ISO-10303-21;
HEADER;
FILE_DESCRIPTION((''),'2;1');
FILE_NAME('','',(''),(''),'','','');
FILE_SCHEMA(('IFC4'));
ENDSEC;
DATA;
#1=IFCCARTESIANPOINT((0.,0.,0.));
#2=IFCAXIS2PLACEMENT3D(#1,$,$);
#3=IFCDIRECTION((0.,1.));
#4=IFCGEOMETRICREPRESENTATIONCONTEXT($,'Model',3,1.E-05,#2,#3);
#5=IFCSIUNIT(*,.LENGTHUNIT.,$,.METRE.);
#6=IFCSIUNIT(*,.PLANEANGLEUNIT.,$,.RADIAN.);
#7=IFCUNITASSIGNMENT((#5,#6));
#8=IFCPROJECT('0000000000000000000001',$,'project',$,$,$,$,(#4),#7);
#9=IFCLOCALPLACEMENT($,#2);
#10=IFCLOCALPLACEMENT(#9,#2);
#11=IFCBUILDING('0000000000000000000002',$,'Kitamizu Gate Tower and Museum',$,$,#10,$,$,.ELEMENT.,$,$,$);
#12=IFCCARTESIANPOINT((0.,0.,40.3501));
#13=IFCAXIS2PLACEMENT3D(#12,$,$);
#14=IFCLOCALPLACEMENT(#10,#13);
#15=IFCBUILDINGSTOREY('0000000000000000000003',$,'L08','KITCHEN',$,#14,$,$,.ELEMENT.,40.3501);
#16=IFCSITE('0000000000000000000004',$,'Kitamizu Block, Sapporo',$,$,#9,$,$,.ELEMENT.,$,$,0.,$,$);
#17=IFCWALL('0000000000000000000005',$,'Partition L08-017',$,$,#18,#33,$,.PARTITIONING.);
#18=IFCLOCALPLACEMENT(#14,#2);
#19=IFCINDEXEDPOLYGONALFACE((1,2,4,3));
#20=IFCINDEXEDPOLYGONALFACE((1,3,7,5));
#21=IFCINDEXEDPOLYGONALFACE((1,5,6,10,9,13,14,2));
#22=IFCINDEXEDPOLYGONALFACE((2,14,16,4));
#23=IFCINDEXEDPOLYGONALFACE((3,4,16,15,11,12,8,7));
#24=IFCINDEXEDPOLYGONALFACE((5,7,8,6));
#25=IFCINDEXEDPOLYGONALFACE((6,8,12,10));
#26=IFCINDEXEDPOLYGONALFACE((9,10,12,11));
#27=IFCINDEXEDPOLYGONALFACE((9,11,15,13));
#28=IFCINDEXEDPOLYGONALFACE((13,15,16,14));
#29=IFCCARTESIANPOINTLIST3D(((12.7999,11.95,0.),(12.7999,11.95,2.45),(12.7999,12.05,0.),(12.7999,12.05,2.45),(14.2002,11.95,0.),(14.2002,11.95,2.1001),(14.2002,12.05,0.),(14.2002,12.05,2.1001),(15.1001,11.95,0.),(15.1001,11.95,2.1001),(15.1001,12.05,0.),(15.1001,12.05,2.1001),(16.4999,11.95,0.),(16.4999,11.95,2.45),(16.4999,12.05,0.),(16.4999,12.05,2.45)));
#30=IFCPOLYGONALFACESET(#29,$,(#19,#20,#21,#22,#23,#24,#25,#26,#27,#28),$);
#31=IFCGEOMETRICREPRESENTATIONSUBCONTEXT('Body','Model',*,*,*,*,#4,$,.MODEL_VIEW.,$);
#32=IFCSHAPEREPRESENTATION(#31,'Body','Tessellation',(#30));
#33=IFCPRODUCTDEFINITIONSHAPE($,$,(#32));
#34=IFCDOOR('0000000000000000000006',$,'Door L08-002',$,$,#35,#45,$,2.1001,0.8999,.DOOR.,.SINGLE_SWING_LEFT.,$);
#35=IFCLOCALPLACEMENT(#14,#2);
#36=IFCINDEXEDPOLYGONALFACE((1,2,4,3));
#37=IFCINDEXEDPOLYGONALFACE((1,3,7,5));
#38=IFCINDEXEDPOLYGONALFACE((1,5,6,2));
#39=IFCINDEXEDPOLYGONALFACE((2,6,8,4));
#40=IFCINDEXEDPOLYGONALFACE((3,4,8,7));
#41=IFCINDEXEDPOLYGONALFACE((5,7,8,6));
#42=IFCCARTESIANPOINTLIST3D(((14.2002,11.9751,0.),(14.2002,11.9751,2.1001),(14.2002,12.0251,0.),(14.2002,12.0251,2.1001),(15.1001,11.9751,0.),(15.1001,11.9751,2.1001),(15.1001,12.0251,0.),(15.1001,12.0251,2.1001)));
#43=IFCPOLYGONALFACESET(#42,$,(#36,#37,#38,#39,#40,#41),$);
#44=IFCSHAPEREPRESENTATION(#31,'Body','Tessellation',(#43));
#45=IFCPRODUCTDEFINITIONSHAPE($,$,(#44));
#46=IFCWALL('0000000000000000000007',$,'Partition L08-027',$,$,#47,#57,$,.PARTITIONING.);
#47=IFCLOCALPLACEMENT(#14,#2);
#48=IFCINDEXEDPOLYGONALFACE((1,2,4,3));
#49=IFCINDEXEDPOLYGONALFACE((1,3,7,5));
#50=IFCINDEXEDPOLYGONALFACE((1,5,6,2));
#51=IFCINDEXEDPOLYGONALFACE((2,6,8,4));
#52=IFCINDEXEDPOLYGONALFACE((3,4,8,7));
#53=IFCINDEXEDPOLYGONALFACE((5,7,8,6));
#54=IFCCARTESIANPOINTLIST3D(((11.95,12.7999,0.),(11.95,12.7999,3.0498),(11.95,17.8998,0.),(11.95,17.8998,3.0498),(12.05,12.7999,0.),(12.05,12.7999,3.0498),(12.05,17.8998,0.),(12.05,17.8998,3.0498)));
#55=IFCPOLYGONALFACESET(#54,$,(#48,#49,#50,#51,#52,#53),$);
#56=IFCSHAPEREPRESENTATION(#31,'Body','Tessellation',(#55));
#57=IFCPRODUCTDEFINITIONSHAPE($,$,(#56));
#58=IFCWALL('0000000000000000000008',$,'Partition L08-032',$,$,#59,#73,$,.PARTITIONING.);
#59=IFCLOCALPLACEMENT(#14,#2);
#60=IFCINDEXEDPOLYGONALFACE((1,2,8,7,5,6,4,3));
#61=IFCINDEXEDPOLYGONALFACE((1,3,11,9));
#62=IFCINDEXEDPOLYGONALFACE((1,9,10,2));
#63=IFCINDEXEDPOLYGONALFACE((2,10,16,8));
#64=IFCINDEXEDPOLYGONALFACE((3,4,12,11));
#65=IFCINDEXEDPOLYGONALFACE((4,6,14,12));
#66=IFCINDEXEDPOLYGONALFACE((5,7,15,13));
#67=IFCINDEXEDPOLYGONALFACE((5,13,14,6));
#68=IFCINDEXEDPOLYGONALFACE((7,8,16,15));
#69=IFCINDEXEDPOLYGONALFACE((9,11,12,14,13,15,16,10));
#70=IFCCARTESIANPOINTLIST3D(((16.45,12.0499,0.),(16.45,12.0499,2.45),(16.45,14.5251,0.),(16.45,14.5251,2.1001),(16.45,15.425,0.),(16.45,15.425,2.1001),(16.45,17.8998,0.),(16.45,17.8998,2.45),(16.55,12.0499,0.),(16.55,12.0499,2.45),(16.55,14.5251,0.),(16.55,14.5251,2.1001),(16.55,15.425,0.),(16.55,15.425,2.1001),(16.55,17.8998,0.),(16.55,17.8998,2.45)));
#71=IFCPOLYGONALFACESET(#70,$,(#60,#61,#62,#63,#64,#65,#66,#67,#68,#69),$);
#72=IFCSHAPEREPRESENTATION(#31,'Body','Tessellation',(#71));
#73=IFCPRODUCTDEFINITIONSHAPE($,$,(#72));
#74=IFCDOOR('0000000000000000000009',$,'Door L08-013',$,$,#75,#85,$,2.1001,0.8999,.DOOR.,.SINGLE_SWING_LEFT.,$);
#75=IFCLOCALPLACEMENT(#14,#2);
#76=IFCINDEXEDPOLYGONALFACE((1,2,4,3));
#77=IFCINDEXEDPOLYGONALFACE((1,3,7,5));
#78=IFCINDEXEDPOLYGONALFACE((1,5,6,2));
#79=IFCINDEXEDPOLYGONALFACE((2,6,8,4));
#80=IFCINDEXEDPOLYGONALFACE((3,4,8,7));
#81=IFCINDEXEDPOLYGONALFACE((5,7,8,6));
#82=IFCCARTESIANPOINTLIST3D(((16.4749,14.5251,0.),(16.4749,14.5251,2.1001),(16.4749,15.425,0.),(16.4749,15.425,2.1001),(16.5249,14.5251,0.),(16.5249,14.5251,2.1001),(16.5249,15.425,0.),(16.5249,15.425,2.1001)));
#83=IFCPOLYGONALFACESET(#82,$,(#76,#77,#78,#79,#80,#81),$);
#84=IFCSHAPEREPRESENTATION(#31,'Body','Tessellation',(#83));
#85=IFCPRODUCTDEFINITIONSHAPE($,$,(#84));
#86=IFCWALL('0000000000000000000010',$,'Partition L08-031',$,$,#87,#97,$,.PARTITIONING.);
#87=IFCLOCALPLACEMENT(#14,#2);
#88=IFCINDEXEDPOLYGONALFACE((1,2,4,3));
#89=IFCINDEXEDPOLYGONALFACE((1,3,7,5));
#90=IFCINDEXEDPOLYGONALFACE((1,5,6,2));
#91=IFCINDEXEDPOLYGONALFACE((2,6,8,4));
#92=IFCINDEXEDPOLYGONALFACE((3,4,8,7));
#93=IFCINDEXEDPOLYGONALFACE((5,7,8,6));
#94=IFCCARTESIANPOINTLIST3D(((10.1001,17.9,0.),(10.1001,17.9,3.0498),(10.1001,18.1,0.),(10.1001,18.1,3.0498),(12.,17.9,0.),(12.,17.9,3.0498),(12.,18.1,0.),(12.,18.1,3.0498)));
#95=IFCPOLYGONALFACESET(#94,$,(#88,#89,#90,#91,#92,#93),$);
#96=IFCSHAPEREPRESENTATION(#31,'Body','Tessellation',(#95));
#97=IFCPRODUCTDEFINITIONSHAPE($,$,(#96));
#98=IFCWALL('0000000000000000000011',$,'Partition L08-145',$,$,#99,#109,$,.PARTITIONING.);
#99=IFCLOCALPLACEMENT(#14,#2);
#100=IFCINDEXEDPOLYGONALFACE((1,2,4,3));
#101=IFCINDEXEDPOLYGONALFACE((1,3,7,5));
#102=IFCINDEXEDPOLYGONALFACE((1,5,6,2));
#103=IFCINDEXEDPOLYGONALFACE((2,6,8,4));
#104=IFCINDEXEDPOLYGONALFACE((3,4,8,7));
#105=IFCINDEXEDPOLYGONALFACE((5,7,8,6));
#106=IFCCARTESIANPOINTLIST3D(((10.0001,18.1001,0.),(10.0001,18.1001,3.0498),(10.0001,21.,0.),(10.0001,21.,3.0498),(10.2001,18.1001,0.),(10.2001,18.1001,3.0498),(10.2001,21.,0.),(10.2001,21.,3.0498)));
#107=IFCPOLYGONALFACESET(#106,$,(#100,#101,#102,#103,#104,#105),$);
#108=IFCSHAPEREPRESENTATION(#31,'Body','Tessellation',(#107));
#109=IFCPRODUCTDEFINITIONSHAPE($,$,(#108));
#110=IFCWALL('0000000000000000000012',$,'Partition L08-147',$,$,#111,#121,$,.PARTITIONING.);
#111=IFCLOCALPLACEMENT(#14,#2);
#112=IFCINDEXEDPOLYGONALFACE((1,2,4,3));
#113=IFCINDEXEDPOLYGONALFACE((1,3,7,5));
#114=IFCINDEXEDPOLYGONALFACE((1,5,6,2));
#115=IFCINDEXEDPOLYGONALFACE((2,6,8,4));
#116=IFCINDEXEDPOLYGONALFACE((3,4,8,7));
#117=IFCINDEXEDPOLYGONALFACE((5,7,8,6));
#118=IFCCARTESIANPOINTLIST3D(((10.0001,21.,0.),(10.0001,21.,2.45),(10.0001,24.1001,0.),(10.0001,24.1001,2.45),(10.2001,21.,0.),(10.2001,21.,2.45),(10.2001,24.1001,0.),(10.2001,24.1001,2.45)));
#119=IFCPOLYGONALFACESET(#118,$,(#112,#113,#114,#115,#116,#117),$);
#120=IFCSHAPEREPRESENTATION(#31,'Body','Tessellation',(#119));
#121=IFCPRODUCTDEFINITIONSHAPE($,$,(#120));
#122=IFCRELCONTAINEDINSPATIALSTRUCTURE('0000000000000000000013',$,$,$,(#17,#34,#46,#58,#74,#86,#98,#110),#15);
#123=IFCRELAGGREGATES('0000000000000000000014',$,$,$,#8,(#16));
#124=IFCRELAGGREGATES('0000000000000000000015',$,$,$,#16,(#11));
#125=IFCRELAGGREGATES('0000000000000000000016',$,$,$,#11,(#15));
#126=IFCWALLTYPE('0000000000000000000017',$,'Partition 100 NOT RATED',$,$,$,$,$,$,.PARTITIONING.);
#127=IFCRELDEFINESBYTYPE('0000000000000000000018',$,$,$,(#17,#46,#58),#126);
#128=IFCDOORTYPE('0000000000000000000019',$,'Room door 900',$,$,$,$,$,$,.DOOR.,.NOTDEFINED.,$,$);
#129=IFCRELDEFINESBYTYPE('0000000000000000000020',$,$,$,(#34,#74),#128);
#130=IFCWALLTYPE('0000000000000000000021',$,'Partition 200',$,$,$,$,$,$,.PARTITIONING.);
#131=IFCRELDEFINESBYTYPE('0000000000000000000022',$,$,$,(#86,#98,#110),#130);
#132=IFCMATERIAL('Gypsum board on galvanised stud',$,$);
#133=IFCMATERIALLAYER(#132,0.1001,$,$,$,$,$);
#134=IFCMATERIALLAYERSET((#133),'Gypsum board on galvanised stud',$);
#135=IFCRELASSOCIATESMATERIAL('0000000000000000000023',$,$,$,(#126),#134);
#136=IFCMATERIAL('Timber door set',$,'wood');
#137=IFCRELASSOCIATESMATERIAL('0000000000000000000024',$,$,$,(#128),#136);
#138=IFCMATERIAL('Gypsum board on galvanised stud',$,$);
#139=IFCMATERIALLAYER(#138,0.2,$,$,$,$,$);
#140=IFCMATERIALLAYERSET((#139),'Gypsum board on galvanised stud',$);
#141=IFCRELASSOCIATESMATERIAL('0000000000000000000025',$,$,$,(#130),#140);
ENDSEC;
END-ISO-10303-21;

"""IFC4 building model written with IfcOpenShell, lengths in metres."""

from ifc_helpers import new_model, si_unit, direction, frame, frame_2d, origin, place, context, subcontext, project, spatial, rectangle, extrude, material, layer, layer_set, type_object, element, fill, save


model = new_model("IFC4")

# Units and contexts
model_context = context("Model", 3, precision=1e-05, world=origin(), true_north=direction((0.0, 1.0)))
body_context = subcontext(model_context, "Body", "Model", "MODEL_VIEW")
ifc_project = project(units=[si_unit("LENGTHUNIT", "METRE"), si_unit("PLANEANGLEUNIT", "RADIAN")], contexts=[model_context])

# Site, building, storey
site_placement = place(None, origin())
site = spatial("IfcSite", under=ifc_project, at=site_placement, Name="Kitamizu Block, Sapporo", CompositionType="ELEMENT", RefElevation=0.0)
building_placement = place(site_placement, origin())
building = spatial("IfcBuilding", under=site, at=building_placement, Name="Kitamizu Gate Tower and Museum", CompositionType="ELEMENT")
storey_placement = place(building_placement, frame((0.0, 0.0, 40.3501)))
storey = spatial("IfcBuildingStorey", under=building, at=storey_placement, Name="L08", Description="KITCHEN", CompositionType="ELEMENT", Elevation=40.3501)

# Wall, opening, door
ifc_material_1 = material(Name="Gypsum board on galvanised stud")
ifc_layer_1 = layer(ifc_material_1, 0.1001)
ifc_layer_set_1 = layer_set([ifc_layer_1], Name="Gypsum board on galvanised stud")
wall_type_1 = type_object("IfcWallType", Name="Partition 100 NOT RATED", PredefinedType="PARTITIONING", material=ifc_layer_set_1)
ifc_material_2 = material(Name="Timber door set", Category="wood")
door_type_1 = type_object("IfcDoorType", Name="Room door 900", OperationType="NOTDEFINED", PredefinedType="DOOR", material=ifc_material_2)
wall_1_placement = place(storey_placement, frame((16.5, 12.0, 0.0), z_axis=(0.0, 0.0, 1.0), x_axis=(-1.0, 0.0, 0.0)))
wall_1 = element("IfcWall", 1, at=wall_1_placement, inside=storey, type_object=wall_type_1, Name="Partition L08-017", PredefinedType="PARTITIONING", context=body_context, shape_type="SweptSolid", body=[
    extrude(rectangle(XDim=3.7, YDim=0.1001, at=frame_2d((1.8501, 0.0))), origin(), (0.0, 0.0, 1.0), 2.45),
])
opening_1_placement = place(wall_1_placement, frame((1.3999, 0.0, 0.0)))
opening_1 = element("IfcOpeningElement", 2, at=opening_1_placement, cuts=wall_1, PredefinedType="OPENING", context=body_context, shape_type="SweptSolid", body=[
    extrude(rectangle(XDim=0.8999, YDim=2.1001, at=frame_2d((0.45, 1.05))), frame((0.0, 0.0601, 0.0), z_axis=(0.0, -1.0, 0.0), x_axis=(1.0, 0.0, 0.0)), (0.0, 0.0, 1.0), 0.1201),
])
door_1_placement = place(opening_1_placement, origin())
door_1 = element("IfcDoor", 3, at=door_1_placement, inside=storey, type_object=door_type_1, Name="Door L08-002", OperationType="SINGLE_SWING_LEFT", OverallHeight=2.1001, OverallWidth=0.8999, PredefinedType="DOOR", context=body_context, shape_type="SweptSolid", body=[
    extrude(rectangle(XDim=0.8999, YDim=2.1001, at=frame_2d((0.45, 1.05))), frame((0.0, 0.0249, 0.0), z_axis=(0.0, -1.0, 0.0), x_axis=(1.0, 0.0, 0.0)), (0.0, 0.0, 1.0), 0.05),
])
fill(opening_1, door_1)

# Wall
wall_2_placement = place(storey_placement, frame((12.0, 12.8, 0.0), z_axis=(0.0, 0.0, 1.0), x_axis=(0.0, 1.0, 0.0)))
element("IfcWall", 4, at=wall_2_placement, inside=storey, type_object=wall_type_1, Name="Partition L08-027", PredefinedType="PARTITIONING", context=body_context, shape_type="SweptSolid", body=[
    extrude(rectangle(XDim=5.0999, YDim=0.1001, at=frame_2d((2.5498, 0.0))), origin(), (0.0, 0.0, 1.0), 3.0498),
])

# Wall, opening, door
wall_3_placement = place(storey_placement, frame((16.5, 12.05, 0.0), z_axis=(0.0, 0.0, 1.0), x_axis=(0.0, 1.0, 0.0)))
wall_3 = element("IfcWall", 5, at=wall_3_placement, inside=storey, type_object=wall_type_1, Name="Partition L08-032", PredefinedType="PARTITIONING", context=body_context, shape_type="SweptSolid", body=[
    extrude(rectangle(XDim=5.8499, YDim=0.1001, at=frame_2d((2.9248, 0.0))), origin(), (0.0, 0.0, 1.0), 2.45),
])
opening_2_placement = place(wall_3_placement, frame((2.4751, 0.0, 0.0)))
opening_2 = element("IfcOpeningElement", 6, at=opening_2_placement, cuts=wall_3, PredefinedType="OPENING", context=body_context, shape_type="SweptSolid", body=[
    extrude(rectangle(XDim=0.8999, YDim=2.1001, at=frame_2d((0.45, 1.05))), frame((0.0, 0.0601, 0.0), z_axis=(0.0, -1.0, 0.0), x_axis=(1.0, 0.0, 0.0)), (0.0, 0.0, 1.0), 0.1201),
])
door_2_placement = place(opening_2_placement, frame((0.8999, 0.0, 0.0), x_axis=(-1.0, 0.0, 0.0)))
door_2 = element("IfcDoor", 7, at=door_2_placement, inside=storey, type_object=door_type_1, Name="Door L08-013", OperationType="SINGLE_SWING_LEFT", OverallHeight=2.1001, OverallWidth=0.8999, PredefinedType="DOOR", context=body_context, shape_type="SweptSolid", body=[
    extrude(rectangle(XDim=0.8999, YDim=2.1001, at=frame_2d((0.45, 1.05))), frame((0.0, 0.0249, 0.0), z_axis=(0.0, -1.0, 0.0), x_axis=(1.0, 0.0, 0.0)), (0.0, 0.0, 1.0), 0.05),
])
fill(opening_2, door_2)

# Walls
ifc_material_3 = material(Name="Gypsum board on galvanised stud")
ifc_layer_2 = layer(ifc_material_3, 0.2)
ifc_layer_set_2 = layer_set([ifc_layer_2], Name="Gypsum board on galvanised stud")
wall_type_2 = type_object("IfcWallType", Name="Partition 200", PredefinedType="PARTITIONING", material=ifc_layer_set_2)
wall_4_placement = place(storey_placement, frame((12.0, 18.0, 0.0), z_axis=(0.0, 0.0, 1.0), x_axis=(-1.0, 0.0, 0.0)))
element("IfcWall", 8, at=wall_4_placement, inside=storey, type_object=wall_type_2, Name="Partition L08-031", PredefinedType="PARTITIONING", context=body_context, shape_type="SweptSolid", body=[
    extrude(rectangle(XDim=1.8999, YDim=0.2, at=frame_2d((0.95, 0.0))), origin(), (0.0, 0.0, 1.0), 3.0498),
])
wall_5_placement = place(storey_placement, frame((10.1001, 18.1001, 0.0), z_axis=(0.0, 0.0, 1.0), x_axis=(0.0, 1.0, 0.0)))
element("IfcWall", 9, at=wall_5_placement, inside=storey, type_object=wall_type_2, Name="Partition L08-145", PredefinedType="PARTITIONING", context=body_context, shape_type="SweptSolid", body=[
    extrude(rectangle(XDim=2.8999, YDim=0.2, at=frame_2d((1.45, 0.0))), origin(), (0.0, 0.0, 1.0), 3.0498),
])
wall_6_placement = place(storey_placement, frame((10.1001, 21.0, 0.0), z_axis=(0.0, 0.0, 1.0), x_axis=(0.0, 1.0, 0.0)))
element("IfcWall", 10, at=wall_6_placement, inside=storey, type_object=wall_type_2, Name="Partition L08-147", PredefinedType="PARTITIONING", context=body_context, shape_type="SweptSolid", body=[
    extrude(rectangle(XDim=3.1001, YDim=0.2, at=frame_2d((1.55, 0.0))), origin(), (0.0, 0.0, 1.0), 2.45),
])

save(model, "model.ifc")
